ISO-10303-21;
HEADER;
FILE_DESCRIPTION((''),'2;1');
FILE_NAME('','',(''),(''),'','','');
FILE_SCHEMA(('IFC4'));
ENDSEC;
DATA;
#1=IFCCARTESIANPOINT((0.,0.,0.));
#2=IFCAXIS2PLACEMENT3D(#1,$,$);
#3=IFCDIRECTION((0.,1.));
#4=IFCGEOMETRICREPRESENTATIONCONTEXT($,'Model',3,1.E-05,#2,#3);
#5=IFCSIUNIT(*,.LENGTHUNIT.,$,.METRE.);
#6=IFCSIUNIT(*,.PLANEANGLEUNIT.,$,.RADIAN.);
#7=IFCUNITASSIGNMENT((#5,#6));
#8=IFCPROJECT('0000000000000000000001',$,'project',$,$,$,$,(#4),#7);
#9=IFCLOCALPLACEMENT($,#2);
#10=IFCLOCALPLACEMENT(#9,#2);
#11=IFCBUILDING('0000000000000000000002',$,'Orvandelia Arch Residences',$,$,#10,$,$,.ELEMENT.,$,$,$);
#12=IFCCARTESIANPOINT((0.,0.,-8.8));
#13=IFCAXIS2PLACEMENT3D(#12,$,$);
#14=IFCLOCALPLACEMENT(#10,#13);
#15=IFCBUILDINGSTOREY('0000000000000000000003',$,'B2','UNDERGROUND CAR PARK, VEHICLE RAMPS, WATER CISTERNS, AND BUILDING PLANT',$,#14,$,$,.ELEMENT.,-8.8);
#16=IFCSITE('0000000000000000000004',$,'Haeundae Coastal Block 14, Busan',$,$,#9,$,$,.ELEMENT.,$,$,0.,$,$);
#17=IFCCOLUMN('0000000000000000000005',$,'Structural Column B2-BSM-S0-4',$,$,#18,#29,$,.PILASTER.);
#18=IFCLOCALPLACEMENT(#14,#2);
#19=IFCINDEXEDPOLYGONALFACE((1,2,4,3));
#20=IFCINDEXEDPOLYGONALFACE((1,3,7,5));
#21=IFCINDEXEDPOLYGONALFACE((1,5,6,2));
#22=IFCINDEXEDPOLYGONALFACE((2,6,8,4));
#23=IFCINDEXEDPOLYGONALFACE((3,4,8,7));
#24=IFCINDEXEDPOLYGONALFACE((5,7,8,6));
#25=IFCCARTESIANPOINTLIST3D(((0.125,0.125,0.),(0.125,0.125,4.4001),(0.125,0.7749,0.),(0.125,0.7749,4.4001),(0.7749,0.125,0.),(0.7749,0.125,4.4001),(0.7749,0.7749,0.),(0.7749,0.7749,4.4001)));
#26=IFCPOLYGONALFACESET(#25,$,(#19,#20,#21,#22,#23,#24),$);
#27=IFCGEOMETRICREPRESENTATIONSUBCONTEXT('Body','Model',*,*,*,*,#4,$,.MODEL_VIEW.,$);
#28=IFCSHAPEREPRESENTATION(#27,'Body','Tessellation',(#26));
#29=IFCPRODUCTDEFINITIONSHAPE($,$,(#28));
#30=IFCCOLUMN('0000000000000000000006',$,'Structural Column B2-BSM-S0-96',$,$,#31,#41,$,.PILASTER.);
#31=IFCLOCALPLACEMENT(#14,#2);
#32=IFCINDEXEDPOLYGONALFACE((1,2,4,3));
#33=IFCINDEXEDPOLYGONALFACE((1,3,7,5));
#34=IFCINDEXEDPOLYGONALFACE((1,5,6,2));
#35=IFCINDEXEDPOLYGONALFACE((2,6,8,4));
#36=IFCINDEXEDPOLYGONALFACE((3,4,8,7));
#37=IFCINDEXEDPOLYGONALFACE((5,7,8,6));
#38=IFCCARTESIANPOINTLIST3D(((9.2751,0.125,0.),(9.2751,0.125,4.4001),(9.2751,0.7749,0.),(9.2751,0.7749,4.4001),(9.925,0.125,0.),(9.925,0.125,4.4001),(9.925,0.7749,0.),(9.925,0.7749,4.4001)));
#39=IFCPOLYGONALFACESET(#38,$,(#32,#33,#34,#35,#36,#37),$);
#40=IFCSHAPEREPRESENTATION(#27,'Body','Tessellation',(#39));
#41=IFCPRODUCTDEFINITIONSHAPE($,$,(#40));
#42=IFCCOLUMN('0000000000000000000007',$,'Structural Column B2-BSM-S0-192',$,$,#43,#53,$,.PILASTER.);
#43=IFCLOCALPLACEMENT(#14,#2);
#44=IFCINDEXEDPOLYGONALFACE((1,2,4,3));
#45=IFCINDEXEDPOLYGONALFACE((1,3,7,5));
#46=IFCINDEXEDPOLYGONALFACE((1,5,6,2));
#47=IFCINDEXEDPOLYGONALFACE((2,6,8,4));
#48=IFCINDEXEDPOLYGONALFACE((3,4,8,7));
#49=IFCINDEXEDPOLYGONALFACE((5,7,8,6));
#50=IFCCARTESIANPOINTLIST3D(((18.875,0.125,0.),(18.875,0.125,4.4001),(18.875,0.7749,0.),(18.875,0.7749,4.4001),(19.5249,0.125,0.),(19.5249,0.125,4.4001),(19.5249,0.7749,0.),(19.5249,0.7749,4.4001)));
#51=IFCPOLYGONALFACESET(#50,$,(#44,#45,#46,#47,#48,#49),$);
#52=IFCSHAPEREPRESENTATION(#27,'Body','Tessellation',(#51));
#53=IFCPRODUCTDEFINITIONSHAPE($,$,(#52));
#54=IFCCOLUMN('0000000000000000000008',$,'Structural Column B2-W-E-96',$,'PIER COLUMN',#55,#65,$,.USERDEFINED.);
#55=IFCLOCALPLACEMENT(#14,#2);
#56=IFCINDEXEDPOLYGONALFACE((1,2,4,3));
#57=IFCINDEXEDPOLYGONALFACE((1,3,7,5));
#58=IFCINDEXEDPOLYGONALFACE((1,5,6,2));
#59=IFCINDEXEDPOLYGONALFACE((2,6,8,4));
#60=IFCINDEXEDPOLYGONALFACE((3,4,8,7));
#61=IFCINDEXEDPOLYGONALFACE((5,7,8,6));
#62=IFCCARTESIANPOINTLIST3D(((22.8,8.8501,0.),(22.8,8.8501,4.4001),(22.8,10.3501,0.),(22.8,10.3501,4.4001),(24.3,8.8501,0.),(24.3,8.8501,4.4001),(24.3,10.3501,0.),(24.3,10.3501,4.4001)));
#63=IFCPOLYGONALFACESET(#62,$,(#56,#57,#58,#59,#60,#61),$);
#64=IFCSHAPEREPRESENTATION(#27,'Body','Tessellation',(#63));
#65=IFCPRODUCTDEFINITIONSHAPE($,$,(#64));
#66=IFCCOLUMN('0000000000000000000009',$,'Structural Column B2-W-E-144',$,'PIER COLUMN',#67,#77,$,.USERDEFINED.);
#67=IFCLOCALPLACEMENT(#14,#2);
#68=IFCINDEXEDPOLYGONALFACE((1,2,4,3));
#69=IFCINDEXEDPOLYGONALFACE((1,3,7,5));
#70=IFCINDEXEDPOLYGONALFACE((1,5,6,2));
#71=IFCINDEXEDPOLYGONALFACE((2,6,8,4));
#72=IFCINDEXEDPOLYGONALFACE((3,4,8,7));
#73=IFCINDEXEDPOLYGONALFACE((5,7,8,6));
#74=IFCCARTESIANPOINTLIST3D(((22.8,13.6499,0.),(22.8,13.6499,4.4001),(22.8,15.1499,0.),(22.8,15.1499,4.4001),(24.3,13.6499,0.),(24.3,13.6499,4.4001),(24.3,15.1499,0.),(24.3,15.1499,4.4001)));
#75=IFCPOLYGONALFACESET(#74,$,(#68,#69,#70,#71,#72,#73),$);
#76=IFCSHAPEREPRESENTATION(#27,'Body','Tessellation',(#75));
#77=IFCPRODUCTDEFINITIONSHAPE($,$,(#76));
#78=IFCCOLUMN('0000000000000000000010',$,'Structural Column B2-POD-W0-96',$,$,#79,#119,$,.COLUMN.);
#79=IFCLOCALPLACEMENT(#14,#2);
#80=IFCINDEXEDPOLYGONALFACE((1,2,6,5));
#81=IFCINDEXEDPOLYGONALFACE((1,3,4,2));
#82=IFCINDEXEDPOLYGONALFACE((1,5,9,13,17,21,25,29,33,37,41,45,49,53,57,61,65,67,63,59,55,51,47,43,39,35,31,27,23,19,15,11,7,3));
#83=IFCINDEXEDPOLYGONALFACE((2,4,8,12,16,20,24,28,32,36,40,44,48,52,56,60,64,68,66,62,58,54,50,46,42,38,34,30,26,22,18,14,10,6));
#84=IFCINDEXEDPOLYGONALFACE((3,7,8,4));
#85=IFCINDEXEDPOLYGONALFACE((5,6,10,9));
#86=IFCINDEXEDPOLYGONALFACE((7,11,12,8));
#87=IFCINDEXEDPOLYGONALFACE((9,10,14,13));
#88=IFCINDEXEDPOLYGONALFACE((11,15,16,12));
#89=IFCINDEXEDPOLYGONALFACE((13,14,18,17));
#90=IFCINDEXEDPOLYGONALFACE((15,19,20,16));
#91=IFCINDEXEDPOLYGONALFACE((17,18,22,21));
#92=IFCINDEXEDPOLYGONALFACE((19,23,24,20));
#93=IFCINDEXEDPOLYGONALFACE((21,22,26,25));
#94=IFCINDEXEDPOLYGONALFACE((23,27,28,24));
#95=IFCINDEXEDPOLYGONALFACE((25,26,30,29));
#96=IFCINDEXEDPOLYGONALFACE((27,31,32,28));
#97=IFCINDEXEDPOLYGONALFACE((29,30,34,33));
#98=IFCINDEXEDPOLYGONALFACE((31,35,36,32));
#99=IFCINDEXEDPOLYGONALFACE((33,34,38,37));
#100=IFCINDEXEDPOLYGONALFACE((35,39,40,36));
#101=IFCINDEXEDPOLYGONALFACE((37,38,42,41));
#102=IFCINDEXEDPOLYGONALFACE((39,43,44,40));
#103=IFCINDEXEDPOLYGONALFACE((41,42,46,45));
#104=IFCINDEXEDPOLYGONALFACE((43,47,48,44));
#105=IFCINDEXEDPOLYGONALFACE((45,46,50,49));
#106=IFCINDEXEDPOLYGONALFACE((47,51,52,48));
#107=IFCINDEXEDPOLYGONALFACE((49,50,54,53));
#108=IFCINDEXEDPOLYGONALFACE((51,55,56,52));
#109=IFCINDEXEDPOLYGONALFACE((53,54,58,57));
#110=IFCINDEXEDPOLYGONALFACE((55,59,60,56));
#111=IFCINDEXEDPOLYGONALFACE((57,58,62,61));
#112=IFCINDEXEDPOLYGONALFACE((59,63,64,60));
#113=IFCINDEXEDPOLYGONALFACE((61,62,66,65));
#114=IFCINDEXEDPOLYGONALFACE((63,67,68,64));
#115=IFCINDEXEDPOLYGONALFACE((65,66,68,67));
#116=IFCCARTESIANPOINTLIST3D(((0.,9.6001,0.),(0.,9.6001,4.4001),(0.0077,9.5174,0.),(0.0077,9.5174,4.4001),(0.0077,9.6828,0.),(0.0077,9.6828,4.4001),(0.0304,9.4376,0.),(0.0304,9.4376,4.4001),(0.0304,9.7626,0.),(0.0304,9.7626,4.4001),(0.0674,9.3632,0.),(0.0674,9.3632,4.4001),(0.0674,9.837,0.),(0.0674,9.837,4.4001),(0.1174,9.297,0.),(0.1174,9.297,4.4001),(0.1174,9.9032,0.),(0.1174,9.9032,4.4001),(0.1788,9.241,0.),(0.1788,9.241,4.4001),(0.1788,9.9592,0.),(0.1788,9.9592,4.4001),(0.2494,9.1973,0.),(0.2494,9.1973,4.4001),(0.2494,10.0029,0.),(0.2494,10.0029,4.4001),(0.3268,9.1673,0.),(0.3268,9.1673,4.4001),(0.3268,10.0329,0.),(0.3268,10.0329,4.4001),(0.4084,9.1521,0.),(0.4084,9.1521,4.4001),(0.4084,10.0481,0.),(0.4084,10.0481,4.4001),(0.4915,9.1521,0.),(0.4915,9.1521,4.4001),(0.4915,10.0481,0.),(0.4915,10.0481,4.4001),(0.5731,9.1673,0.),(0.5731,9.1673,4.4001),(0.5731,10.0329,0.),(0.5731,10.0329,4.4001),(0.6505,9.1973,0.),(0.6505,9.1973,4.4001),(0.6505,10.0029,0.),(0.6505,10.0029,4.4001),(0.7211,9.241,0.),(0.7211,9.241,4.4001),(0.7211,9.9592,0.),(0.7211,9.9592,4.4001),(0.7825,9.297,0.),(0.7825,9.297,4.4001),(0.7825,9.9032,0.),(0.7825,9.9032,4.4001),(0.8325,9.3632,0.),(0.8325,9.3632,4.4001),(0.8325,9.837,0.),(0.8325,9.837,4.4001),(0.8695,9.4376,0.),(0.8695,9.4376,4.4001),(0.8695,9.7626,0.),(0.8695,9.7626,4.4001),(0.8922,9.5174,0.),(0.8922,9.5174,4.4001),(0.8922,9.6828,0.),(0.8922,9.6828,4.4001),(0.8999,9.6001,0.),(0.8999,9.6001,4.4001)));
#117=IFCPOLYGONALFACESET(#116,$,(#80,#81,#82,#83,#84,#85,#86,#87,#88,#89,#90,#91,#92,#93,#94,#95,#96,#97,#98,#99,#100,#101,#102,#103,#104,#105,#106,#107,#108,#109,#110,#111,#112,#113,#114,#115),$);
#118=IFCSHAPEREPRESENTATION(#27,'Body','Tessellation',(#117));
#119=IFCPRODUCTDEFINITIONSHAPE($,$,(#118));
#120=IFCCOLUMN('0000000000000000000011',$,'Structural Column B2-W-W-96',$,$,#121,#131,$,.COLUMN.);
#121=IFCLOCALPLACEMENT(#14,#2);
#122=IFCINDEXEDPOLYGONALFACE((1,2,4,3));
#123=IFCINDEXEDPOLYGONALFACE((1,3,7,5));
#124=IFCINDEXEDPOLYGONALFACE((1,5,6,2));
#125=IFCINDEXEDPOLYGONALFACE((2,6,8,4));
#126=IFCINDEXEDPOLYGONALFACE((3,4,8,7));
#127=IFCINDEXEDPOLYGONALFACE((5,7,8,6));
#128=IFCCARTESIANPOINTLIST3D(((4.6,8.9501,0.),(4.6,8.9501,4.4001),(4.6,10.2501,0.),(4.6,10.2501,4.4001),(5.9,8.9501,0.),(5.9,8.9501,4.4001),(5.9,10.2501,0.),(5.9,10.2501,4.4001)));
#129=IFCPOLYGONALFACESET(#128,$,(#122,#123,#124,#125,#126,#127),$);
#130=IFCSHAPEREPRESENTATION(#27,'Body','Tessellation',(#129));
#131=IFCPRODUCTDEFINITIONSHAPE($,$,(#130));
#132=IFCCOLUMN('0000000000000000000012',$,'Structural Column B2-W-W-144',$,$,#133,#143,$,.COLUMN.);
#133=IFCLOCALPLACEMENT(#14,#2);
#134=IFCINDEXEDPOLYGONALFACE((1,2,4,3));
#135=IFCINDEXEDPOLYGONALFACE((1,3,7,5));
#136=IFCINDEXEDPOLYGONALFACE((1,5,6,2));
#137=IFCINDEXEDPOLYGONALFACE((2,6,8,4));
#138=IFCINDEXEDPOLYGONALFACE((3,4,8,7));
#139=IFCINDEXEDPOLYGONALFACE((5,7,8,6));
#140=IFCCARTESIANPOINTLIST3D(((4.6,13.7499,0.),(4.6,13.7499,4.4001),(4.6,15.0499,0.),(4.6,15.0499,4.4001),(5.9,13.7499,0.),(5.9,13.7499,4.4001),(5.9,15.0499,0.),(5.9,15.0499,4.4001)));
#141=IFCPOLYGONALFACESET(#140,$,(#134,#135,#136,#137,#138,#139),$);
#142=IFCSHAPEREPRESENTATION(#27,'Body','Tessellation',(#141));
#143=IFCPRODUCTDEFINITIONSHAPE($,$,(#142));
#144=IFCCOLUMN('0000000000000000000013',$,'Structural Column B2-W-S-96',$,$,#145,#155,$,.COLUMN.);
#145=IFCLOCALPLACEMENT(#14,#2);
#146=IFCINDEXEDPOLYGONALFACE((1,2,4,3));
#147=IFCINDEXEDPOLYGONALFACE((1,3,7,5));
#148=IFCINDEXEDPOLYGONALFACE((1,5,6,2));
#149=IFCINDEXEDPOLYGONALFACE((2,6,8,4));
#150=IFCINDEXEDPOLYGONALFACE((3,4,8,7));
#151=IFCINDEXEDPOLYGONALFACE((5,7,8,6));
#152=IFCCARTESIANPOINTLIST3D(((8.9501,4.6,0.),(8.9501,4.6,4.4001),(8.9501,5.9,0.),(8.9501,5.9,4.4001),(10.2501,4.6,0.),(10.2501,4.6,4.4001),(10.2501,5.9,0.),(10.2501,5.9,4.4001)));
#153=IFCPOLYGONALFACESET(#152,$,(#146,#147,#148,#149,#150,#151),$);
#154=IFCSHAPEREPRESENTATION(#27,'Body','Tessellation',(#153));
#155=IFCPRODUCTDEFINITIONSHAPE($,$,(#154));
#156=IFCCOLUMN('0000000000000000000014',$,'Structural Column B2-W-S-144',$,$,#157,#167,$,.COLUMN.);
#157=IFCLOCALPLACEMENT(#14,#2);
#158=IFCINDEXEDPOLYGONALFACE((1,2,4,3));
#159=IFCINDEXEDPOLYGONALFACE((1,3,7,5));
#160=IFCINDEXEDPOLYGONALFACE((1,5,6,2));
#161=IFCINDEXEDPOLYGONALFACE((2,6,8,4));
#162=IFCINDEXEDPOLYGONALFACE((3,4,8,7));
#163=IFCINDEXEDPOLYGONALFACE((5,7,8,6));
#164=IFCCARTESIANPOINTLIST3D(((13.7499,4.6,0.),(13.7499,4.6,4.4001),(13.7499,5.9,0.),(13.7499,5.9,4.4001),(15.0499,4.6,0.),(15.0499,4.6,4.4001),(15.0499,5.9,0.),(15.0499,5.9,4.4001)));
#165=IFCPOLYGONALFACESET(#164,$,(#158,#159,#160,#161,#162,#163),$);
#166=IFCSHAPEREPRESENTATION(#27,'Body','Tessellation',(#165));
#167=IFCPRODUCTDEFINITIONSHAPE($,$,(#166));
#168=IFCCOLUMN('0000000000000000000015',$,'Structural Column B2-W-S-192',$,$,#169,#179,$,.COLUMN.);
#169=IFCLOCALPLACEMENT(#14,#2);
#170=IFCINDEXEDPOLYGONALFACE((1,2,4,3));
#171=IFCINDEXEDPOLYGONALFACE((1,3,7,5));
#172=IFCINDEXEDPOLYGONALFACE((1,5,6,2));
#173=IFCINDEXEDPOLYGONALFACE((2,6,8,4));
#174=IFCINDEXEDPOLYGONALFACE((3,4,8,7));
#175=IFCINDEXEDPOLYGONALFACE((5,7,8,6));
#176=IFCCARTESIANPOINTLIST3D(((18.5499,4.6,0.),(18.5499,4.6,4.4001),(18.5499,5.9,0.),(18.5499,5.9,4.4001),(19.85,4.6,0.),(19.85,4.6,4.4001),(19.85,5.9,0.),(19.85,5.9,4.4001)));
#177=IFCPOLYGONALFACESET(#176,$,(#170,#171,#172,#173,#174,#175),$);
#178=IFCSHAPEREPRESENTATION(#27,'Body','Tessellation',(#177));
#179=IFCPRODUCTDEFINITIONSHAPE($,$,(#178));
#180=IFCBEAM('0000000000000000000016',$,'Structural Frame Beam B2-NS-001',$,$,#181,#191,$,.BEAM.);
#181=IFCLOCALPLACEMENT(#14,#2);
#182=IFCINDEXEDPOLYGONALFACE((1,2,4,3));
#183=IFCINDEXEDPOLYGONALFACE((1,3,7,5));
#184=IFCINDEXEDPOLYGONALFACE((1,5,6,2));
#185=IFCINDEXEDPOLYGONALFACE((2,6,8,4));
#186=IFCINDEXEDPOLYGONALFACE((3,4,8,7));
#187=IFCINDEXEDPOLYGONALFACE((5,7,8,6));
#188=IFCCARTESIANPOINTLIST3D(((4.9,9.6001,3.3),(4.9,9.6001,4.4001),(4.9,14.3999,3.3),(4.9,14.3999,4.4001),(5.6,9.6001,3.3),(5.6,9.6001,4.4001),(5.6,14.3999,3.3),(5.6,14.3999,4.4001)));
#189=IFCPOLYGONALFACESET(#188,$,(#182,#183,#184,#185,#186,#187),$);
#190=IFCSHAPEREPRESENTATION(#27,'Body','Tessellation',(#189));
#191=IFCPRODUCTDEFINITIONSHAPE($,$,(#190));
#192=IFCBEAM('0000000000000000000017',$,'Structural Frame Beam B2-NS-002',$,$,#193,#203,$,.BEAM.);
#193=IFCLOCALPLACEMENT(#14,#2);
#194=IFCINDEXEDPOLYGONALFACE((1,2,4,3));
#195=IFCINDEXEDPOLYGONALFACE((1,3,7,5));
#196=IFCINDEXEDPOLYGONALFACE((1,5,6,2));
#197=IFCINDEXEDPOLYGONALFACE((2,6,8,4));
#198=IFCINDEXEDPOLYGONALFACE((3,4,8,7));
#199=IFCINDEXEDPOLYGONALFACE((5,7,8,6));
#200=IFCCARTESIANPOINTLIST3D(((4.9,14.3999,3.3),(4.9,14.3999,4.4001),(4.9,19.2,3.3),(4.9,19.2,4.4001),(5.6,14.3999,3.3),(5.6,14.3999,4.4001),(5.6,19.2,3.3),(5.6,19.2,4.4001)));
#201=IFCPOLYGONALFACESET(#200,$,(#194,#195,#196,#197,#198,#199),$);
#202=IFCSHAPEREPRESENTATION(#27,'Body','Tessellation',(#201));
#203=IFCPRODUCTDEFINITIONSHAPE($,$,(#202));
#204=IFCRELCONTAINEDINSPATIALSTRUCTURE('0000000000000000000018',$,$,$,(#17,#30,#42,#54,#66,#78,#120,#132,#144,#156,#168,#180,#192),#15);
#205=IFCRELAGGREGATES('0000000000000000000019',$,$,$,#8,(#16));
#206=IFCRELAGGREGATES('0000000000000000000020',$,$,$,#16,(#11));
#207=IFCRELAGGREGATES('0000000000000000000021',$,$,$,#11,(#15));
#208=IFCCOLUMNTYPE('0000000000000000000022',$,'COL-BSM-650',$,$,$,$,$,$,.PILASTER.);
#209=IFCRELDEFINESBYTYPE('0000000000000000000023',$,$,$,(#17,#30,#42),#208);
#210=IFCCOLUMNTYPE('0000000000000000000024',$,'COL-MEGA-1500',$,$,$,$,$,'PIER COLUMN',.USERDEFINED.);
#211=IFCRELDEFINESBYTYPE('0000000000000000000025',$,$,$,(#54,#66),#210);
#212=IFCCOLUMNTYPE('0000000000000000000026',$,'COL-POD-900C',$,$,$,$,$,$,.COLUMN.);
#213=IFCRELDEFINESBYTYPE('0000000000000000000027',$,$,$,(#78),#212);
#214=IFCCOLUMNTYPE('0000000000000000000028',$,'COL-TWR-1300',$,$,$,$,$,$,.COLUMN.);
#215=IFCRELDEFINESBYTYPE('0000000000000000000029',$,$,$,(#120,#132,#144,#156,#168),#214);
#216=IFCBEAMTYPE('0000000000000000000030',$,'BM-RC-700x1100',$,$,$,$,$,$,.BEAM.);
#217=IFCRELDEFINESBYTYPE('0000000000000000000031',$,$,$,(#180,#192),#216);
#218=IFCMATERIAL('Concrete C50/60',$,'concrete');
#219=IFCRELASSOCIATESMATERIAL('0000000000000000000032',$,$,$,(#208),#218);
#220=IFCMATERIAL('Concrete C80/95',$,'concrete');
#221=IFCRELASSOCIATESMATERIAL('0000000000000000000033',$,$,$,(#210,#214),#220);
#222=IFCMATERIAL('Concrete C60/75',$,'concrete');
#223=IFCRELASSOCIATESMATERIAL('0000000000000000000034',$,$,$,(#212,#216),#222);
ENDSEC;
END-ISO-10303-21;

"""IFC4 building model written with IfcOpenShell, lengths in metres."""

from ifc_helpers import new_model, si_unit, direction, frame, origin, origin_2d, place, context, subcontext, project, spatial, rectangle, circle, extrude, material, material_profile, profile_set, type_object, element, save


model = new_model("IFC4")

# Units and contexts
model_context = context("Model", 3, precision=1e-05, world=origin(), true_north=direction((0.0, 1.0)))
body_context = subcontext(model_context, "Body", "Model", "MODEL_VIEW")
ifc_project = project(units=[si_unit("LENGTHUNIT", "METRE"), si_unit("PLANEANGLEUNIT", "RADIAN")], contexts=[model_context])

# Site, building, storey
site_placement = place(None, origin())
site = spatial("IfcSite", under=ifc_project, at=site_placement, Name="Haeundae Coastal Block 14, Busan", CompositionType="ELEMENT", RefElevation=0.0)
building_placement = place(site_placement, origin())
building = spatial("IfcBuilding", under=site, at=building_placement, Name="Orvandelia Arch Residences", CompositionType="ELEMENT")
storey_placement = place(building_placement, frame((0.0, 0.0, -8.8)))
storey = spatial("IfcBuildingStorey", under=building, at=storey_placement, Name="B2", Description="UNDERGROUND CAR PARK, VEHICLE RAMPS, WATER CISTERNS, AND BUILDING PLANT", CompositionType="ELEMENT", Elevation=-8.8)

# Columns
ifc_material_1 = material(Name="Concrete C50/60", Category="concrete")
ifc_material_profile_1 = material_profile(ifc_material_1, rectangle(XDim=0.6499, YDim=0.6499, at=origin_2d()), Name="Concrete C50/60", Category="concrete")
ifc_profile_set_1 = profile_set([ifc_material_profile_1], Name="Concrete C50/60")
column_type_1 = type_object("IfcColumnType", Name="COL-BSM-650", PredefinedType="PILASTER", material=ifc_profile_set_1)
for number, where, z_axis, x_axis, name in (
    (1, (0.45, 0.45, 0.0), (0.0, 0.0, 1.0), (1.0, 0.0, 0.0), "Structural Column B2-BSM-S0-4"),
    (2, (9.6001, 0.45, 0.0), (0.0, 0.0, 1.0), (1.0, 0.0, 0.0), "Structural Column B2-BSM-S0-96"),
    (3, (19.2, 0.45, 0.0), (0.0, 0.0, 1.0), (1.0, 0.0, 0.0), "Structural Column B2-BSM-S0-192"),
):
    element("IfcColumn", number, at=place(storey_placement, frame(where, z_axis=z_axis, x_axis=x_axis)), inside=storey, type_object=column_type_1, Name=name, PredefinedType="PILASTER", context=body_context, shape_type="SweptSolid", body=[
        extrude(rectangle(XDim=0.6499, YDim=0.6499, at=origin_2d()), origin(), (0.0, 0.0, 1.0), 4.4001),
    ])
ifc_material_2 = material(Name="Concrete C80/95", Category="concrete")
ifc_material_profile_2 = material_profile(ifc_material_2, rectangle(XDim=1.5, YDim=1.5, at=origin_2d()), Name="Concrete C80/95", Category="concrete")
ifc_profile_set_2 = profile_set([ifc_material_profile_2], Name="Concrete C80/95")
column_type_2 = type_object("IfcColumnType", Name="COL-MEGA-1500", ElementType="PIER COLUMN", PredefinedType="USERDEFINED", material=ifc_profile_set_2)
for number, where, z_axis, x_axis, name in (
    (4, (23.55, 9.6001, 0.0), (0.0, 0.0, 1.0), (1.0, 0.0, 0.0), "Structural Column B2-W-E-96"),
    (5, (23.55, 14.3999, 0.0), (0.0, 0.0, 1.0), (1.0, 0.0, 0.0), "Structural Column B2-W-E-144"),
):
    element("IfcColumn", number, at=place(storey_placement, frame(where, z_axis=z_axis, x_axis=x_axis)), inside=storey, type_object=column_type_2, Name=name, ObjectType="PIER COLUMN", PredefinedType="USERDEFINED", context=body_context, shape_type="SweptSolid", body=[
        extrude(rectangle(XDim=1.5, YDim=1.5, at=origin_2d()), origin(), (0.0, 0.0, 1.0), 4.4001),
    ])
ifc_material_3 = material(Name="Concrete C60/75", Category="concrete")
ifc_material_profile_3 = material_profile(ifc_material_3, circle(Radius=0.45, at=origin_2d()), Name="Concrete C60/75", Category="concrete")
ifc_profile_set_3 = profile_set([ifc_material_profile_3], Name="Concrete C60/75")
column_type_3 = type_object("IfcColumnType", Name="COL-POD-900C", PredefinedType="COLUMN", material=ifc_profile_set_3)
column_placement = place(storey_placement, frame((0.45, 9.6001, 0.0), z_axis=(0.0, 0.0, 1.0), x_axis=(1.0, 0.0, 0.0)))
element("IfcColumn", 6, at=column_placement, inside=storey, type_object=column_type_3, Name="Structural Column B2-POD-W0-96", PredefinedType="COLUMN", context=body_context, shape_type="SweptSolid", body=[
    extrude(circle(Radius=0.45, at=origin_2d()), origin(), (0.0, 0.0, 1.0), 4.4001),
])
ifc_material_profile_4 = material_profile(ifc_material_2, rectangle(XDim=1.3, YDim=1.3, at=origin_2d()), Name="Concrete C80/95", Category="concrete")
ifc_profile_set_4 = profile_set([ifc_material_profile_4], Name="Concrete C80/95")
column_type_4 = type_object("IfcColumnType", Name="COL-TWR-1300", PredefinedType="COLUMN", material=ifc_profile_set_4)
for number, where, z_axis, x_axis, name in (
    (7, (5.25, 9.6001, 0.0), (0.0, 0.0, 1.0), (1.0, 0.0, 0.0), "Structural Column B2-W-W-96"),
    (8, (5.25, 14.3999, 0.0), (0.0, 0.0, 1.0), (1.0, 0.0, 0.0), "Structural Column B2-W-W-144"),
    (9, (9.6001, 5.25, 0.0), (0.0, 0.0, 1.0), (1.0, 0.0, 0.0), "Structural Column B2-W-S-96"),
    (10, (14.3999, 5.25, 0.0), (0.0, 0.0, 1.0), (1.0, 0.0, 0.0), "Structural Column B2-W-S-144"),
    (11, (19.2, 5.25, 0.0), (0.0, 0.0, 1.0), (1.0, 0.0, 0.0), "Structural Column B2-W-S-192"),
):
    element("IfcColumn", number, at=place(storey_placement, frame(where, z_axis=z_axis, x_axis=x_axis)), inside=storey, type_object=column_type_4, Name=name, PredefinedType="COLUMN", context=body_context, shape_type="SweptSolid", body=[
        extrude(rectangle(XDim=1.3, YDim=1.3, at=origin_2d()), origin(), (0.0, 0.0, 1.0), 4.4001),
    ])

# Beams
ifc_material_profile_5 = material_profile(ifc_material_3, rectangle(XDim=0.7, YDim=1.1001, at=origin_2d()), Name="Concrete C60/75", Category="concrete")
ifc_profile_set_5 = profile_set([ifc_material_profile_5], Name="Concrete C60/75")
beam_type = type_object("IfcBeamType", Name="BM-RC-700x1100", PredefinedType="BEAM", material=ifc_profile_set_5)
beam_1_placement = place(storey_placement, frame((5.25, 9.6001, 3.8501), z_axis=(0.0, 1.0, 0.0), x_axis=(-1.0, 0.0, 0.0)))
element("IfcBeam", 12, at=beam_1_placement, inside=storey, type_object=beam_type, Name="Structural Frame Beam B2-NS-001", PredefinedType="BEAM", context=body_context, shape_type="SweptSolid", body=[
    extrude(rectangle(XDim=0.7, YDim=1.1001, at=origin_2d()), origin(), (0.0, 0.0, 1.0), 4.7998),
])
for number, where, z_axis, x_axis, name in (
    (13, (5.25, 14.3999, 3.8501), (0.0, 1.0, 0.0), (-1.0, 0.0, 0.0), "Structural Frame Beam B2-NS-002"),
):
    element("IfcBeam", number, at=place(storey_placement, frame(where, z_axis=z_axis, x_axis=x_axis)), inside=storey, type_object=beam_type, Name=name, PredefinedType="BEAM", context=body_context, shape_type="SweptSolid", body=[
        extrude(rectangle(XDim=0.7, YDim=1.1001, at=origin_2d()), origin(), (0.0, 0.0, 1.0), 4.8),
    ])

save(model, "model.ifc")
